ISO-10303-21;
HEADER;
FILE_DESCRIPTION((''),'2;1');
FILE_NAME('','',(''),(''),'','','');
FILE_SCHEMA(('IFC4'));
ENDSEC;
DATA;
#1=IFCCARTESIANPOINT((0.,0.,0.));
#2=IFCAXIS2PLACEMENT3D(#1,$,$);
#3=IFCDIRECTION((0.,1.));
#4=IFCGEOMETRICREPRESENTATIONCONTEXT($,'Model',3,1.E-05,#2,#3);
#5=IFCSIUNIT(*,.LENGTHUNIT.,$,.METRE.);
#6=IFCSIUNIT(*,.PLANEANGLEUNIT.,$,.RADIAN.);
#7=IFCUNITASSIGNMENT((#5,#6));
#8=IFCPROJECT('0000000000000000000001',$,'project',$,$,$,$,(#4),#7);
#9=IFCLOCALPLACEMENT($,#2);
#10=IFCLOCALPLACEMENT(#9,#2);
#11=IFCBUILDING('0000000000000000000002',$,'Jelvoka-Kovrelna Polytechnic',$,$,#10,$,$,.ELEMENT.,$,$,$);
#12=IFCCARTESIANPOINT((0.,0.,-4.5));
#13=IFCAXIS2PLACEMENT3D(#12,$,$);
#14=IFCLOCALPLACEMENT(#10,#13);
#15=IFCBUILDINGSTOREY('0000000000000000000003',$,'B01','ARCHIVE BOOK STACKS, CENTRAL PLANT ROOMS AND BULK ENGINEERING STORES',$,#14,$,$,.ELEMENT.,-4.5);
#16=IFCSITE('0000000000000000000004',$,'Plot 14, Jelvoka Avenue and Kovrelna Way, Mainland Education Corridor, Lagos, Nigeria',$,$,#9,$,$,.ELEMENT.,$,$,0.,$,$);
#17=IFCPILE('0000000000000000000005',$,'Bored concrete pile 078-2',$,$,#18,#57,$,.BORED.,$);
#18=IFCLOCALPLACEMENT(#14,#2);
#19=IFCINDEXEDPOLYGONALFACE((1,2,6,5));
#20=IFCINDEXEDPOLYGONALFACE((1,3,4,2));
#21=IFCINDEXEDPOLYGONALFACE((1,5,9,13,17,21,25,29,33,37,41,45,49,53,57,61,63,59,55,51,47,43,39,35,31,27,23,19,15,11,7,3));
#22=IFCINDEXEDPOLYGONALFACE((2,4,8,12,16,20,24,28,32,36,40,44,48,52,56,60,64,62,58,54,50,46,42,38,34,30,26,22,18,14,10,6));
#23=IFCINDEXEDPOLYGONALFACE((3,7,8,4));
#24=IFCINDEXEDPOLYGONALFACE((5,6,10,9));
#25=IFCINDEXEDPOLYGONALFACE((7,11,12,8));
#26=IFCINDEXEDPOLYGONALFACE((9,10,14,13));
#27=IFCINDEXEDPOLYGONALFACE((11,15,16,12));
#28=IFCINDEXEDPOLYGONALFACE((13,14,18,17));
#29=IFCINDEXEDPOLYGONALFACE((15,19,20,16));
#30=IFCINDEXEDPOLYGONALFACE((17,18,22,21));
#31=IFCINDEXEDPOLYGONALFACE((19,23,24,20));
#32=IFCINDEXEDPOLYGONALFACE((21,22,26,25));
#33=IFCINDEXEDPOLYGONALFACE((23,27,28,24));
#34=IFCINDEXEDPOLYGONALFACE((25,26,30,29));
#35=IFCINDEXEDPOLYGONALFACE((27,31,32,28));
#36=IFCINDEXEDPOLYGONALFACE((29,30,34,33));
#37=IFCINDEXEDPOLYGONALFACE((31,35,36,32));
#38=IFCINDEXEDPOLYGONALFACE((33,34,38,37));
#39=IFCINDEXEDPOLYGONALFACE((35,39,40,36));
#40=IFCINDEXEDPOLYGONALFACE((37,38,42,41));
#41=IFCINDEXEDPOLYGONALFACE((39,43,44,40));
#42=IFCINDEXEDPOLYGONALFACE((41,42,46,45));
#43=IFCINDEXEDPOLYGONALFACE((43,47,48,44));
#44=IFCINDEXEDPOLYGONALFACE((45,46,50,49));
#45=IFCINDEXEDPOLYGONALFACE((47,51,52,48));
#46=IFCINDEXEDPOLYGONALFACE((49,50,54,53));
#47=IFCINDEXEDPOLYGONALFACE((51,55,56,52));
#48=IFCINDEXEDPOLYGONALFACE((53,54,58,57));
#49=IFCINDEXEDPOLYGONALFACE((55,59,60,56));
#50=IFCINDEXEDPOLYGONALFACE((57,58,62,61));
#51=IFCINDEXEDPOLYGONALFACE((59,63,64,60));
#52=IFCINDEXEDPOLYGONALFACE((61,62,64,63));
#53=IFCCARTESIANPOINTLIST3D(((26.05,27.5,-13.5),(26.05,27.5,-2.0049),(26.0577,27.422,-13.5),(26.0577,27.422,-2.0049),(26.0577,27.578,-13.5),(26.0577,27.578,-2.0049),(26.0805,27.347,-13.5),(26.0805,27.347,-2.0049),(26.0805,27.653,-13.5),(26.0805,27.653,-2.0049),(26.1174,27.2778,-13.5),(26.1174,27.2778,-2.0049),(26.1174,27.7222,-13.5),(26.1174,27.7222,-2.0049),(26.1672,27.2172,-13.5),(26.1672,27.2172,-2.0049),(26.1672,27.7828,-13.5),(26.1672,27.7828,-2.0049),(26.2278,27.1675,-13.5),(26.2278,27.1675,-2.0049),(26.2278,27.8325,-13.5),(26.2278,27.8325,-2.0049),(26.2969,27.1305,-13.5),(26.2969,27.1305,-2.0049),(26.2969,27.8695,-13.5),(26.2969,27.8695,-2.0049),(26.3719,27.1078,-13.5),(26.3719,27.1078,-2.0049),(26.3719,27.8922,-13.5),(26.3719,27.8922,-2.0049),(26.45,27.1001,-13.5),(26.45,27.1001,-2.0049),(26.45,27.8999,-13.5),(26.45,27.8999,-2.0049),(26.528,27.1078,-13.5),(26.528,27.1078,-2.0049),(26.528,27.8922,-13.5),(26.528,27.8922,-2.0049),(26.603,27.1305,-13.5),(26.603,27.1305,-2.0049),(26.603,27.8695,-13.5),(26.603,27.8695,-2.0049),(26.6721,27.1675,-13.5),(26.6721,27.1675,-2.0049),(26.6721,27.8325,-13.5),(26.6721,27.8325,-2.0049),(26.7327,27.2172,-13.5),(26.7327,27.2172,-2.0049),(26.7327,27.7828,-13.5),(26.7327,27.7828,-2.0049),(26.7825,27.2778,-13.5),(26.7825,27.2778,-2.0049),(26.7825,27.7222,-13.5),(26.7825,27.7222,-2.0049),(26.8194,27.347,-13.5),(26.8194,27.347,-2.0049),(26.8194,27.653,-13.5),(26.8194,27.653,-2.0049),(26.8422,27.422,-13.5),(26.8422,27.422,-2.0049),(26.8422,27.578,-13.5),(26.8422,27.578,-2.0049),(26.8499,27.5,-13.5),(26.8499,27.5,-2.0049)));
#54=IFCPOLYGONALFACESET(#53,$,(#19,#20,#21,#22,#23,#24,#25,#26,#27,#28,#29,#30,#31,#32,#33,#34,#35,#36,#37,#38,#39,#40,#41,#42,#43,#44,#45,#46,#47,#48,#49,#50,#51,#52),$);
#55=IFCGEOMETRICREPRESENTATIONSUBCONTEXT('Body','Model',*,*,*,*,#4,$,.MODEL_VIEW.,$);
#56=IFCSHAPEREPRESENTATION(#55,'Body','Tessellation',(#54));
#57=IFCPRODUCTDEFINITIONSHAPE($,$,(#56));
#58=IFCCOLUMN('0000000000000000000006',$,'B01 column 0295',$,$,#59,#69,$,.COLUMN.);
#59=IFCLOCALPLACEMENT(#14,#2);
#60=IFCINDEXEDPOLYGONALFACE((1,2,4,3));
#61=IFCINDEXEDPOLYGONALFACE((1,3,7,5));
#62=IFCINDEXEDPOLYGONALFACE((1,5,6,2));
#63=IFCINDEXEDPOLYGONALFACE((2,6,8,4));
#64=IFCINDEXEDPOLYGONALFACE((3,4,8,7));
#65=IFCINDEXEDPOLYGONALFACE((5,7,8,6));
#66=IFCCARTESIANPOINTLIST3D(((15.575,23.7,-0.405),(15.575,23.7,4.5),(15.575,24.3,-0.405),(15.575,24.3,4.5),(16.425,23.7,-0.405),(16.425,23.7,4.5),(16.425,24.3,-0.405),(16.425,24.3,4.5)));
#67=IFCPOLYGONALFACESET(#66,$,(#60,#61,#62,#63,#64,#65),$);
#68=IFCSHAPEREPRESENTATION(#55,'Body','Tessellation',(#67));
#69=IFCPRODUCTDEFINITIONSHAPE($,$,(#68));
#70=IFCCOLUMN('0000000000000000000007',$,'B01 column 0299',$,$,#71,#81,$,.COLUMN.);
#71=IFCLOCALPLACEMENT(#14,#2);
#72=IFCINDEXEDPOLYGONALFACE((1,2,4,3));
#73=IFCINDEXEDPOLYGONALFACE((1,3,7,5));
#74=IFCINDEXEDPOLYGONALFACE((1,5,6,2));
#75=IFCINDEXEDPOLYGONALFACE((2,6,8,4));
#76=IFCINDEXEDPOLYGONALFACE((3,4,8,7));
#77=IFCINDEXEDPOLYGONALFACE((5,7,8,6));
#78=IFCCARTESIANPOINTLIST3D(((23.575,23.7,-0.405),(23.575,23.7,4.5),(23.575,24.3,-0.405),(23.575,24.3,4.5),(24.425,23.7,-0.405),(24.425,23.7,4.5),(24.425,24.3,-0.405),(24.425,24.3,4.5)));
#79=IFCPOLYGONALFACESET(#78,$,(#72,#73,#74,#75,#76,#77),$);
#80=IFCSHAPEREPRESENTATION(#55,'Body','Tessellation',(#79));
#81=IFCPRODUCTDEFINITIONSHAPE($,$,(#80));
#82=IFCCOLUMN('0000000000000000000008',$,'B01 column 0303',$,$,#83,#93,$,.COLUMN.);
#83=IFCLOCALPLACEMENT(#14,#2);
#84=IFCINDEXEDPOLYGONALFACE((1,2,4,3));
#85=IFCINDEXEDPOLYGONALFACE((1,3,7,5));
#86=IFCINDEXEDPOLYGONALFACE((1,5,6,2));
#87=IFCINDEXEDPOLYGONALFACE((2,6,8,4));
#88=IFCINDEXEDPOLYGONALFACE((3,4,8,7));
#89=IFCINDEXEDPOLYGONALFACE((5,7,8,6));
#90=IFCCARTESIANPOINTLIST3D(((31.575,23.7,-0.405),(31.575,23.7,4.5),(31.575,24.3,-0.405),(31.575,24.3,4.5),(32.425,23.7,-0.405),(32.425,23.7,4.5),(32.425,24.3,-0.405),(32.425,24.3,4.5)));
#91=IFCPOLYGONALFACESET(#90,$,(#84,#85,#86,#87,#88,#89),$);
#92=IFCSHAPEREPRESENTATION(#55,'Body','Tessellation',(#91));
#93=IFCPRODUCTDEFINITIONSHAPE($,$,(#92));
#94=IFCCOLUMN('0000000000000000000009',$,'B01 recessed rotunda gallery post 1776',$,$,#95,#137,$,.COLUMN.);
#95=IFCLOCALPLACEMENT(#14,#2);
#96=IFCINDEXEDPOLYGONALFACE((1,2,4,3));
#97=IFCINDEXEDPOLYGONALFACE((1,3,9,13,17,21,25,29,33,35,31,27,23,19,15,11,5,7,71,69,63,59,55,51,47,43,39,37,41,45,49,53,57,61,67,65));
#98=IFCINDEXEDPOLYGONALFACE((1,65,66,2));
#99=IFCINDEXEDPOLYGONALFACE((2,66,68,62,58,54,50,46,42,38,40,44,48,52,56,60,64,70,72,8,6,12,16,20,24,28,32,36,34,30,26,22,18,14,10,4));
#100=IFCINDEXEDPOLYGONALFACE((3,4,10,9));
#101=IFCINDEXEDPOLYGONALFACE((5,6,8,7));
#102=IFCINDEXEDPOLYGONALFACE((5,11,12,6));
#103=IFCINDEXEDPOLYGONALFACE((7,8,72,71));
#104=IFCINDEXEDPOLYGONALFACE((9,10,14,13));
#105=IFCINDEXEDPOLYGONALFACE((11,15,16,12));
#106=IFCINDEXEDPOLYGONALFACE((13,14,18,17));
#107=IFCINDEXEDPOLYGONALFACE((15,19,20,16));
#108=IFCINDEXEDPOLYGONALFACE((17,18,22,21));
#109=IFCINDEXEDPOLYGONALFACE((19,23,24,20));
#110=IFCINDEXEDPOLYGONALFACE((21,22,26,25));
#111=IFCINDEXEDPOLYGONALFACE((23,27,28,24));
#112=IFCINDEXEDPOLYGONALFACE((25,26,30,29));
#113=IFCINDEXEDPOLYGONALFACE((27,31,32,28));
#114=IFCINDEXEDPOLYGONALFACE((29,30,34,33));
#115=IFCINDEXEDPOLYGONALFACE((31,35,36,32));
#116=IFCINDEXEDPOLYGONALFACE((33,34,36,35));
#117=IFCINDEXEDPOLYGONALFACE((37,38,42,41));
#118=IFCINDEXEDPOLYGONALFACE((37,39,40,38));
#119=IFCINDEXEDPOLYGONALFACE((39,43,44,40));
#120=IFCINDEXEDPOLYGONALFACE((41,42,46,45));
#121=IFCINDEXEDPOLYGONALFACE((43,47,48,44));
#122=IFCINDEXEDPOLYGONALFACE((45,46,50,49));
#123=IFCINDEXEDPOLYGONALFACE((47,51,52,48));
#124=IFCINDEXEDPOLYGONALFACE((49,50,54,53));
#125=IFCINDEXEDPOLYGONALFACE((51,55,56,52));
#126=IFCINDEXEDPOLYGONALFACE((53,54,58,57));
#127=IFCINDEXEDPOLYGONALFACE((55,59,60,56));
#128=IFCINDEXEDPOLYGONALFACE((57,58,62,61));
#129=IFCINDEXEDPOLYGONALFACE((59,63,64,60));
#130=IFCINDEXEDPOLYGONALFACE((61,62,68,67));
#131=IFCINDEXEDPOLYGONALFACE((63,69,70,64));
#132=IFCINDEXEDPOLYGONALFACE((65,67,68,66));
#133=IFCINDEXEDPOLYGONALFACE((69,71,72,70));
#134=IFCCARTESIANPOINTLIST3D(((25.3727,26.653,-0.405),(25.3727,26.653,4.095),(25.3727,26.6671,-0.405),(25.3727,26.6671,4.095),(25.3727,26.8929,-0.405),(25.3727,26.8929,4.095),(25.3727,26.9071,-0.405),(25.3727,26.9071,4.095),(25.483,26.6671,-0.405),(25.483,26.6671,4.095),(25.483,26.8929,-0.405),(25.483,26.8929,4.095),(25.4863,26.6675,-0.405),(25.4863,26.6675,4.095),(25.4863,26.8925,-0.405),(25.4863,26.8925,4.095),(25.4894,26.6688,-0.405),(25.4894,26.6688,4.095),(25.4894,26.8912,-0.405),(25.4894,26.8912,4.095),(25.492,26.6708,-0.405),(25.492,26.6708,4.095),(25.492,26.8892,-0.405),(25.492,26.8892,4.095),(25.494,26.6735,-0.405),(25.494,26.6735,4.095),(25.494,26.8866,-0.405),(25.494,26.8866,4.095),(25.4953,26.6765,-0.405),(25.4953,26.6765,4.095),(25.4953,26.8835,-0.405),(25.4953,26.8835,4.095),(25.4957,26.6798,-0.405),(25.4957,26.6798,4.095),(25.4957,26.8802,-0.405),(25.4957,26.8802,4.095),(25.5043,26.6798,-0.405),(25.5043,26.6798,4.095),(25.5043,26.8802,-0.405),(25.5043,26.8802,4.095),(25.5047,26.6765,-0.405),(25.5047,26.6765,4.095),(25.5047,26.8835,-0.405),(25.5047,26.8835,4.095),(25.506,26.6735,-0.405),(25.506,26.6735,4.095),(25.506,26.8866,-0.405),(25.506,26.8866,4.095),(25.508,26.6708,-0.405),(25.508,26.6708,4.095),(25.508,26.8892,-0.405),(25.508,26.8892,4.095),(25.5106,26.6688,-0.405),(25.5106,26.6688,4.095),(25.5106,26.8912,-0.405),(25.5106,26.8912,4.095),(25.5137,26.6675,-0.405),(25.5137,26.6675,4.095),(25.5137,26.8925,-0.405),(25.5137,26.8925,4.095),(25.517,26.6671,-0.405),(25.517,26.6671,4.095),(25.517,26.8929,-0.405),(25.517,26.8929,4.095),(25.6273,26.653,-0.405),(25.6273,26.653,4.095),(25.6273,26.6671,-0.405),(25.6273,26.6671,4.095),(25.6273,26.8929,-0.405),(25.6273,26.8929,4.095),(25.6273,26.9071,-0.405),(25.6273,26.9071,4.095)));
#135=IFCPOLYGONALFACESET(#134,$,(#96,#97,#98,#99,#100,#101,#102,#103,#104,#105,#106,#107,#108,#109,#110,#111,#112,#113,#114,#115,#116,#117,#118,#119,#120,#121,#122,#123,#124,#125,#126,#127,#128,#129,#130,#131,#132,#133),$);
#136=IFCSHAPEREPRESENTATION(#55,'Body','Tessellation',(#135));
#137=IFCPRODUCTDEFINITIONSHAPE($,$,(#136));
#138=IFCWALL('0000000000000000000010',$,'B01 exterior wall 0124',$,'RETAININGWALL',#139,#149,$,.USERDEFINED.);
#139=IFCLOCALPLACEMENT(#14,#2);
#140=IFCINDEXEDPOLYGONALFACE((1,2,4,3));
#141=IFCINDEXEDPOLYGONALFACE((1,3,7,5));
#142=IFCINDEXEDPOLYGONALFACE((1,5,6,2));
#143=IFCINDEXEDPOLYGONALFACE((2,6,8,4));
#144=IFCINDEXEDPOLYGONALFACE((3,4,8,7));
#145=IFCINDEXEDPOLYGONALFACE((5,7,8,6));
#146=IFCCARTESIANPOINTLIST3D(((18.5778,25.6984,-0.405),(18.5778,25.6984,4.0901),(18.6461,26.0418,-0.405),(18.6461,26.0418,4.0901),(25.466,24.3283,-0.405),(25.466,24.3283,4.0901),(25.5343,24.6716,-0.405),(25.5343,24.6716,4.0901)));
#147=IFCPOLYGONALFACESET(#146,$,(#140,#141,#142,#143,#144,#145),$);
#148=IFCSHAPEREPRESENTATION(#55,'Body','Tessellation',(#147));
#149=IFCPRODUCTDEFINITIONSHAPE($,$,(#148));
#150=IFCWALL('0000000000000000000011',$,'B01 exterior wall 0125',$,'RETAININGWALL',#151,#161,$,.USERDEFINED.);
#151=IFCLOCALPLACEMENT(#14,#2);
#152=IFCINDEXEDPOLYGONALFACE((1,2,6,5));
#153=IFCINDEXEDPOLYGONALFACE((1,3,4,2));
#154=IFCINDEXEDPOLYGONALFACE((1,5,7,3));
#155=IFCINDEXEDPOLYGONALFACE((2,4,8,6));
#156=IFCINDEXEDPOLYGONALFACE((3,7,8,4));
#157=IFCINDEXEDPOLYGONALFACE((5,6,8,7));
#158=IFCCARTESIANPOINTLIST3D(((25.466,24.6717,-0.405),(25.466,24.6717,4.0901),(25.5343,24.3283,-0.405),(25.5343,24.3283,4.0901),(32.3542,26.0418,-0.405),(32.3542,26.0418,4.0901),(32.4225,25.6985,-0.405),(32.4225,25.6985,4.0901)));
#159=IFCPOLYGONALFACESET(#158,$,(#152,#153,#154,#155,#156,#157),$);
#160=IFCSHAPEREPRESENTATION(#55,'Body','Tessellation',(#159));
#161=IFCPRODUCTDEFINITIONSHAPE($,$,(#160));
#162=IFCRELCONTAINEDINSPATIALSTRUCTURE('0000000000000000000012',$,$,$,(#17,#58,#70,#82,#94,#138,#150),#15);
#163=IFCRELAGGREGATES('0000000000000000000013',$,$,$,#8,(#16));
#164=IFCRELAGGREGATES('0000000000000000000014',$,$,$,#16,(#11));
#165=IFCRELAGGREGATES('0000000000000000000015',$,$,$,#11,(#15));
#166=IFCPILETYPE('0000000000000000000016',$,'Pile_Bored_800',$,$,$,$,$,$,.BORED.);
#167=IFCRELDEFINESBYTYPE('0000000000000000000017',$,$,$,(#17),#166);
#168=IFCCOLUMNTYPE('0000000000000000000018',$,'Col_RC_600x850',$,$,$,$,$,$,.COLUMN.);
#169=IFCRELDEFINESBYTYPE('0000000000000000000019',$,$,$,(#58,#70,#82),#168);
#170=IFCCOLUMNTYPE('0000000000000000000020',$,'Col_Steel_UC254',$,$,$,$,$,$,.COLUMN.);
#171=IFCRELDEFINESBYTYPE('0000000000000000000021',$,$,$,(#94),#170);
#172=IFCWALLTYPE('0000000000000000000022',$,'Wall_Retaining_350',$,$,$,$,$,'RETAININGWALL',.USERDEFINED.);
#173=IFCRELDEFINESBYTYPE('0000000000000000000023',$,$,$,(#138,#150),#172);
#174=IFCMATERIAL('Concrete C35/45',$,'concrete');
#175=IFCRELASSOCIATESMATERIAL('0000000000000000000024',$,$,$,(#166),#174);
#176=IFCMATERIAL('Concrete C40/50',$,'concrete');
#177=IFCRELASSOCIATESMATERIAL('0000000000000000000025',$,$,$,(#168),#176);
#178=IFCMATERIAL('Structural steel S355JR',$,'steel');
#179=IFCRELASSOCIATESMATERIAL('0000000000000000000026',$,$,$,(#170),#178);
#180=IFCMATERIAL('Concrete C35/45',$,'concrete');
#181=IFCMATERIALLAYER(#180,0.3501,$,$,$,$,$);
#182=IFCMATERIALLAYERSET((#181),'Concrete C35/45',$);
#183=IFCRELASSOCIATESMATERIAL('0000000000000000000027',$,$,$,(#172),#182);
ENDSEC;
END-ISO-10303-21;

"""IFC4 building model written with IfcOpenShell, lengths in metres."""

from ifc_helpers import new_model, si_unit, direction, frame, frame_2d, origin, origin_2d, place, context, subcontext, project, spatial, rectangle, circle, i_section, extrude, material, layer, layer_set, material_profile, profile_set, type_object, element, save


model = new_model("IFC4")

# Units and contexts
model_context = context("Model", 3, precision=1e-05, world=origin(), true_north=direction((0.0, 1.0)))
body_context = subcontext(model_context, "Body", "Model", "MODEL_VIEW")
ifc_project = project(units=[si_unit("LENGTHUNIT", "METRE"), si_unit("PLANEANGLEUNIT", "RADIAN")], contexts=[model_context])

# Site, building, storey
site_placement = place(None, origin())
site = spatial("IfcSite", under=ifc_project, at=site_placement, Name="Plot 14, Jelvoka Avenue and Kovrelna Way, Mainland Education Corridor, Lagos, Nigeria", CompositionType="ELEMENT", RefElevation=0.0)
building_placement = place(site_placement, origin())
building = spatial("IfcBuilding", under=site, at=building_placement, Name="Jelvoka-Kovrelna Polytechnic", CompositionType="ELEMENT")
storey_placement = place(building_placement, frame((0.0, 0.0, -4.5)))
storey = spatial("IfcBuildingStorey", under=building, at=storey_placement, Name="B01", Description="ARCHIVE BOOK STACKS, CENTRAL PLANT ROOMS AND BULK ENGINEERING STORES", CompositionType="ELEMENT", Elevation=-4.5)

# Pile
ifc_material_1 = material(Name="Concrete C35/45", Category="concrete")
ifc_material_profile_1 = material_profile(ifc_material_1, circle(Radius=0.3999, at=origin_2d()), Name="PILE D800")
ifc_profile_set_1 = profile_set([ifc_material_profile_1], Name="Concrete C35/45")
pile_type = type_object("IfcPileType", Name="Pile_Bored_800", PredefinedType="BORED", material=ifc_profile_set_1)
for number, where, z_axis, x_axis, name in (
    (1, (26.45, 27.5, -2.0049), (0.0, 0.0, -1.0), (1.0, 0.0, 0.0), "Bored concrete pile 078-2"),
):
    element("IfcPile", number, at=place(storey_placement, frame(where, z_axis=z_axis, x_axis=x_axis)), inside=storey, type_object=pile_type, Name=name, PredefinedType="BORED", context=body_context, shape_type="SweptSolid", body=[
        extrude(circle(Radius=0.3999, at=origin_2d()), origin(), (0.0, 0.0, 1.0), 11.4951),
    ])

# Columns
ifc_material_2 = material(Name="Concrete C40/50", Category="concrete")
ifc_material_profile_2 = material_profile(ifc_material_2, rectangle(XDim=0.6001, YDim=0.8501, at=origin_2d()), Name="RC 600x850")
ifc_profile_set_2 = profile_set([ifc_material_profile_2], Name="Concrete C40/50")
column_type_1 = type_object("IfcColumnType", Name="Col_RC_600x850", PredefinedType="COLUMN", material=ifc_profile_set_2)
for number, where, z_axis, x_axis, name in (
    (2, (16.0, 24.0, -0.405), (0.0, 0.0, 1.0), (0.0, 1.0, 0.0), "B01 column 0295"),
    (3, (24.0, 24.0, -0.405), (0.0, 0.0, 1.0), (0.0, 1.0, 0.0), "B01 column 0299"),
    (4, (32.0, 24.0, -0.405), (0.0, 0.0, 1.0), (0.0, 1.0, 0.0), "B01 column 0303"),
):
    element("IfcColumn", number, at=place(storey_placement, frame(where, z_axis=z_axis, x_axis=x_axis)), inside=storey, type_object=column_type_1, Name=name, PredefinedType="COLUMN", context=body_context, shape_type="SweptSolid", body=[
        extrude(rectangle(XDim=0.6001, YDim=0.8501, at=origin_2d()), origin(), (0.0, 0.0, 1.0), 4.905),
    ])
ifc_material_3 = material(Name="Structural steel S355JR", Category="steel")
ifc_material_profile_3 = material_profile(ifc_material_3, i_section(OverallWidth=0.2546, OverallDepth=0.2542, WebThickness=0.0085, FlangeThickness=0.0142, FilletRadius=0.0127, at=origin_2d()), Name="254x254x73 UC")
ifc_profile_set_3 = profile_set([ifc_material_profile_3], Name="Structural steel S355JR")
column_type_2 = type_object("IfcColumnType", Name="Col_Steel_UC254", PredefinedType="COLUMN", material=ifc_profile_set_3)
column_placement = place(storey_placement, frame((25.5, 26.78, -0.405), z_axis=(0.0, 0.0, 1.0), x_axis=(1.0, 0.0, 0.0)))
element("IfcColumn", 5, at=column_placement, inside=storey, type_object=column_type_2, Name="B01 recessed rotunda gallery post 1776", PredefinedType="COLUMN", context=body_context, shape_type="SweptSolid", body=[
    extrude(i_section(OverallWidth=0.2546, OverallDepth=0.2542, WebThickness=0.0085, FlangeThickness=0.0142, FilletRadius=0.0127, at=origin_2d()), origin(), (0.0, 0.0, 1.0), 4.5),
])

# Walls
ifc_material_4 = material(Name="Concrete C35/45", Category="concrete")
ifc_layer = layer(ifc_material_4, 0.3501)
ifc_layer_set = layer_set([ifc_layer], Name="Concrete C35/45")
wall_type = type_object("IfcWallType", Name="Wall_Retaining_350", ElementType="RETAININGWALL", PredefinedType="USERDEFINED", material=ifc_layer_set)
for number, where, z_axis, x_axis, name in (
    (6, (18.6118, 25.8701, -0.405), (0.0, 0.0, 1.0), (0.980786, -0.195087, 0.0), "B01 exterior wall 0124"),
    (7, (25.5, 24.5, -0.405), (0.0, 0.0, 1.0), (0.980786, 0.195087, 0.0), "B01 exterior wall 0125"),
):
    element("IfcWall", number, at=place(storey_placement, frame(where, z_axis=z_axis, x_axis=x_axis)), inside=storey, type_object=wall_type, Name=name, ObjectType="RETAININGWALL", PredefinedType="USERDEFINED", context=body_context, shape_type="SweptSolid", body=[
        extrude(rectangle(XDim=7.0232, YDim=0.3501, at=frame_2d((3.5117, 0.0))), origin(), (0.0, 0.0, 1.0), 4.4951),
    ])

save(model, "model.ifc")
